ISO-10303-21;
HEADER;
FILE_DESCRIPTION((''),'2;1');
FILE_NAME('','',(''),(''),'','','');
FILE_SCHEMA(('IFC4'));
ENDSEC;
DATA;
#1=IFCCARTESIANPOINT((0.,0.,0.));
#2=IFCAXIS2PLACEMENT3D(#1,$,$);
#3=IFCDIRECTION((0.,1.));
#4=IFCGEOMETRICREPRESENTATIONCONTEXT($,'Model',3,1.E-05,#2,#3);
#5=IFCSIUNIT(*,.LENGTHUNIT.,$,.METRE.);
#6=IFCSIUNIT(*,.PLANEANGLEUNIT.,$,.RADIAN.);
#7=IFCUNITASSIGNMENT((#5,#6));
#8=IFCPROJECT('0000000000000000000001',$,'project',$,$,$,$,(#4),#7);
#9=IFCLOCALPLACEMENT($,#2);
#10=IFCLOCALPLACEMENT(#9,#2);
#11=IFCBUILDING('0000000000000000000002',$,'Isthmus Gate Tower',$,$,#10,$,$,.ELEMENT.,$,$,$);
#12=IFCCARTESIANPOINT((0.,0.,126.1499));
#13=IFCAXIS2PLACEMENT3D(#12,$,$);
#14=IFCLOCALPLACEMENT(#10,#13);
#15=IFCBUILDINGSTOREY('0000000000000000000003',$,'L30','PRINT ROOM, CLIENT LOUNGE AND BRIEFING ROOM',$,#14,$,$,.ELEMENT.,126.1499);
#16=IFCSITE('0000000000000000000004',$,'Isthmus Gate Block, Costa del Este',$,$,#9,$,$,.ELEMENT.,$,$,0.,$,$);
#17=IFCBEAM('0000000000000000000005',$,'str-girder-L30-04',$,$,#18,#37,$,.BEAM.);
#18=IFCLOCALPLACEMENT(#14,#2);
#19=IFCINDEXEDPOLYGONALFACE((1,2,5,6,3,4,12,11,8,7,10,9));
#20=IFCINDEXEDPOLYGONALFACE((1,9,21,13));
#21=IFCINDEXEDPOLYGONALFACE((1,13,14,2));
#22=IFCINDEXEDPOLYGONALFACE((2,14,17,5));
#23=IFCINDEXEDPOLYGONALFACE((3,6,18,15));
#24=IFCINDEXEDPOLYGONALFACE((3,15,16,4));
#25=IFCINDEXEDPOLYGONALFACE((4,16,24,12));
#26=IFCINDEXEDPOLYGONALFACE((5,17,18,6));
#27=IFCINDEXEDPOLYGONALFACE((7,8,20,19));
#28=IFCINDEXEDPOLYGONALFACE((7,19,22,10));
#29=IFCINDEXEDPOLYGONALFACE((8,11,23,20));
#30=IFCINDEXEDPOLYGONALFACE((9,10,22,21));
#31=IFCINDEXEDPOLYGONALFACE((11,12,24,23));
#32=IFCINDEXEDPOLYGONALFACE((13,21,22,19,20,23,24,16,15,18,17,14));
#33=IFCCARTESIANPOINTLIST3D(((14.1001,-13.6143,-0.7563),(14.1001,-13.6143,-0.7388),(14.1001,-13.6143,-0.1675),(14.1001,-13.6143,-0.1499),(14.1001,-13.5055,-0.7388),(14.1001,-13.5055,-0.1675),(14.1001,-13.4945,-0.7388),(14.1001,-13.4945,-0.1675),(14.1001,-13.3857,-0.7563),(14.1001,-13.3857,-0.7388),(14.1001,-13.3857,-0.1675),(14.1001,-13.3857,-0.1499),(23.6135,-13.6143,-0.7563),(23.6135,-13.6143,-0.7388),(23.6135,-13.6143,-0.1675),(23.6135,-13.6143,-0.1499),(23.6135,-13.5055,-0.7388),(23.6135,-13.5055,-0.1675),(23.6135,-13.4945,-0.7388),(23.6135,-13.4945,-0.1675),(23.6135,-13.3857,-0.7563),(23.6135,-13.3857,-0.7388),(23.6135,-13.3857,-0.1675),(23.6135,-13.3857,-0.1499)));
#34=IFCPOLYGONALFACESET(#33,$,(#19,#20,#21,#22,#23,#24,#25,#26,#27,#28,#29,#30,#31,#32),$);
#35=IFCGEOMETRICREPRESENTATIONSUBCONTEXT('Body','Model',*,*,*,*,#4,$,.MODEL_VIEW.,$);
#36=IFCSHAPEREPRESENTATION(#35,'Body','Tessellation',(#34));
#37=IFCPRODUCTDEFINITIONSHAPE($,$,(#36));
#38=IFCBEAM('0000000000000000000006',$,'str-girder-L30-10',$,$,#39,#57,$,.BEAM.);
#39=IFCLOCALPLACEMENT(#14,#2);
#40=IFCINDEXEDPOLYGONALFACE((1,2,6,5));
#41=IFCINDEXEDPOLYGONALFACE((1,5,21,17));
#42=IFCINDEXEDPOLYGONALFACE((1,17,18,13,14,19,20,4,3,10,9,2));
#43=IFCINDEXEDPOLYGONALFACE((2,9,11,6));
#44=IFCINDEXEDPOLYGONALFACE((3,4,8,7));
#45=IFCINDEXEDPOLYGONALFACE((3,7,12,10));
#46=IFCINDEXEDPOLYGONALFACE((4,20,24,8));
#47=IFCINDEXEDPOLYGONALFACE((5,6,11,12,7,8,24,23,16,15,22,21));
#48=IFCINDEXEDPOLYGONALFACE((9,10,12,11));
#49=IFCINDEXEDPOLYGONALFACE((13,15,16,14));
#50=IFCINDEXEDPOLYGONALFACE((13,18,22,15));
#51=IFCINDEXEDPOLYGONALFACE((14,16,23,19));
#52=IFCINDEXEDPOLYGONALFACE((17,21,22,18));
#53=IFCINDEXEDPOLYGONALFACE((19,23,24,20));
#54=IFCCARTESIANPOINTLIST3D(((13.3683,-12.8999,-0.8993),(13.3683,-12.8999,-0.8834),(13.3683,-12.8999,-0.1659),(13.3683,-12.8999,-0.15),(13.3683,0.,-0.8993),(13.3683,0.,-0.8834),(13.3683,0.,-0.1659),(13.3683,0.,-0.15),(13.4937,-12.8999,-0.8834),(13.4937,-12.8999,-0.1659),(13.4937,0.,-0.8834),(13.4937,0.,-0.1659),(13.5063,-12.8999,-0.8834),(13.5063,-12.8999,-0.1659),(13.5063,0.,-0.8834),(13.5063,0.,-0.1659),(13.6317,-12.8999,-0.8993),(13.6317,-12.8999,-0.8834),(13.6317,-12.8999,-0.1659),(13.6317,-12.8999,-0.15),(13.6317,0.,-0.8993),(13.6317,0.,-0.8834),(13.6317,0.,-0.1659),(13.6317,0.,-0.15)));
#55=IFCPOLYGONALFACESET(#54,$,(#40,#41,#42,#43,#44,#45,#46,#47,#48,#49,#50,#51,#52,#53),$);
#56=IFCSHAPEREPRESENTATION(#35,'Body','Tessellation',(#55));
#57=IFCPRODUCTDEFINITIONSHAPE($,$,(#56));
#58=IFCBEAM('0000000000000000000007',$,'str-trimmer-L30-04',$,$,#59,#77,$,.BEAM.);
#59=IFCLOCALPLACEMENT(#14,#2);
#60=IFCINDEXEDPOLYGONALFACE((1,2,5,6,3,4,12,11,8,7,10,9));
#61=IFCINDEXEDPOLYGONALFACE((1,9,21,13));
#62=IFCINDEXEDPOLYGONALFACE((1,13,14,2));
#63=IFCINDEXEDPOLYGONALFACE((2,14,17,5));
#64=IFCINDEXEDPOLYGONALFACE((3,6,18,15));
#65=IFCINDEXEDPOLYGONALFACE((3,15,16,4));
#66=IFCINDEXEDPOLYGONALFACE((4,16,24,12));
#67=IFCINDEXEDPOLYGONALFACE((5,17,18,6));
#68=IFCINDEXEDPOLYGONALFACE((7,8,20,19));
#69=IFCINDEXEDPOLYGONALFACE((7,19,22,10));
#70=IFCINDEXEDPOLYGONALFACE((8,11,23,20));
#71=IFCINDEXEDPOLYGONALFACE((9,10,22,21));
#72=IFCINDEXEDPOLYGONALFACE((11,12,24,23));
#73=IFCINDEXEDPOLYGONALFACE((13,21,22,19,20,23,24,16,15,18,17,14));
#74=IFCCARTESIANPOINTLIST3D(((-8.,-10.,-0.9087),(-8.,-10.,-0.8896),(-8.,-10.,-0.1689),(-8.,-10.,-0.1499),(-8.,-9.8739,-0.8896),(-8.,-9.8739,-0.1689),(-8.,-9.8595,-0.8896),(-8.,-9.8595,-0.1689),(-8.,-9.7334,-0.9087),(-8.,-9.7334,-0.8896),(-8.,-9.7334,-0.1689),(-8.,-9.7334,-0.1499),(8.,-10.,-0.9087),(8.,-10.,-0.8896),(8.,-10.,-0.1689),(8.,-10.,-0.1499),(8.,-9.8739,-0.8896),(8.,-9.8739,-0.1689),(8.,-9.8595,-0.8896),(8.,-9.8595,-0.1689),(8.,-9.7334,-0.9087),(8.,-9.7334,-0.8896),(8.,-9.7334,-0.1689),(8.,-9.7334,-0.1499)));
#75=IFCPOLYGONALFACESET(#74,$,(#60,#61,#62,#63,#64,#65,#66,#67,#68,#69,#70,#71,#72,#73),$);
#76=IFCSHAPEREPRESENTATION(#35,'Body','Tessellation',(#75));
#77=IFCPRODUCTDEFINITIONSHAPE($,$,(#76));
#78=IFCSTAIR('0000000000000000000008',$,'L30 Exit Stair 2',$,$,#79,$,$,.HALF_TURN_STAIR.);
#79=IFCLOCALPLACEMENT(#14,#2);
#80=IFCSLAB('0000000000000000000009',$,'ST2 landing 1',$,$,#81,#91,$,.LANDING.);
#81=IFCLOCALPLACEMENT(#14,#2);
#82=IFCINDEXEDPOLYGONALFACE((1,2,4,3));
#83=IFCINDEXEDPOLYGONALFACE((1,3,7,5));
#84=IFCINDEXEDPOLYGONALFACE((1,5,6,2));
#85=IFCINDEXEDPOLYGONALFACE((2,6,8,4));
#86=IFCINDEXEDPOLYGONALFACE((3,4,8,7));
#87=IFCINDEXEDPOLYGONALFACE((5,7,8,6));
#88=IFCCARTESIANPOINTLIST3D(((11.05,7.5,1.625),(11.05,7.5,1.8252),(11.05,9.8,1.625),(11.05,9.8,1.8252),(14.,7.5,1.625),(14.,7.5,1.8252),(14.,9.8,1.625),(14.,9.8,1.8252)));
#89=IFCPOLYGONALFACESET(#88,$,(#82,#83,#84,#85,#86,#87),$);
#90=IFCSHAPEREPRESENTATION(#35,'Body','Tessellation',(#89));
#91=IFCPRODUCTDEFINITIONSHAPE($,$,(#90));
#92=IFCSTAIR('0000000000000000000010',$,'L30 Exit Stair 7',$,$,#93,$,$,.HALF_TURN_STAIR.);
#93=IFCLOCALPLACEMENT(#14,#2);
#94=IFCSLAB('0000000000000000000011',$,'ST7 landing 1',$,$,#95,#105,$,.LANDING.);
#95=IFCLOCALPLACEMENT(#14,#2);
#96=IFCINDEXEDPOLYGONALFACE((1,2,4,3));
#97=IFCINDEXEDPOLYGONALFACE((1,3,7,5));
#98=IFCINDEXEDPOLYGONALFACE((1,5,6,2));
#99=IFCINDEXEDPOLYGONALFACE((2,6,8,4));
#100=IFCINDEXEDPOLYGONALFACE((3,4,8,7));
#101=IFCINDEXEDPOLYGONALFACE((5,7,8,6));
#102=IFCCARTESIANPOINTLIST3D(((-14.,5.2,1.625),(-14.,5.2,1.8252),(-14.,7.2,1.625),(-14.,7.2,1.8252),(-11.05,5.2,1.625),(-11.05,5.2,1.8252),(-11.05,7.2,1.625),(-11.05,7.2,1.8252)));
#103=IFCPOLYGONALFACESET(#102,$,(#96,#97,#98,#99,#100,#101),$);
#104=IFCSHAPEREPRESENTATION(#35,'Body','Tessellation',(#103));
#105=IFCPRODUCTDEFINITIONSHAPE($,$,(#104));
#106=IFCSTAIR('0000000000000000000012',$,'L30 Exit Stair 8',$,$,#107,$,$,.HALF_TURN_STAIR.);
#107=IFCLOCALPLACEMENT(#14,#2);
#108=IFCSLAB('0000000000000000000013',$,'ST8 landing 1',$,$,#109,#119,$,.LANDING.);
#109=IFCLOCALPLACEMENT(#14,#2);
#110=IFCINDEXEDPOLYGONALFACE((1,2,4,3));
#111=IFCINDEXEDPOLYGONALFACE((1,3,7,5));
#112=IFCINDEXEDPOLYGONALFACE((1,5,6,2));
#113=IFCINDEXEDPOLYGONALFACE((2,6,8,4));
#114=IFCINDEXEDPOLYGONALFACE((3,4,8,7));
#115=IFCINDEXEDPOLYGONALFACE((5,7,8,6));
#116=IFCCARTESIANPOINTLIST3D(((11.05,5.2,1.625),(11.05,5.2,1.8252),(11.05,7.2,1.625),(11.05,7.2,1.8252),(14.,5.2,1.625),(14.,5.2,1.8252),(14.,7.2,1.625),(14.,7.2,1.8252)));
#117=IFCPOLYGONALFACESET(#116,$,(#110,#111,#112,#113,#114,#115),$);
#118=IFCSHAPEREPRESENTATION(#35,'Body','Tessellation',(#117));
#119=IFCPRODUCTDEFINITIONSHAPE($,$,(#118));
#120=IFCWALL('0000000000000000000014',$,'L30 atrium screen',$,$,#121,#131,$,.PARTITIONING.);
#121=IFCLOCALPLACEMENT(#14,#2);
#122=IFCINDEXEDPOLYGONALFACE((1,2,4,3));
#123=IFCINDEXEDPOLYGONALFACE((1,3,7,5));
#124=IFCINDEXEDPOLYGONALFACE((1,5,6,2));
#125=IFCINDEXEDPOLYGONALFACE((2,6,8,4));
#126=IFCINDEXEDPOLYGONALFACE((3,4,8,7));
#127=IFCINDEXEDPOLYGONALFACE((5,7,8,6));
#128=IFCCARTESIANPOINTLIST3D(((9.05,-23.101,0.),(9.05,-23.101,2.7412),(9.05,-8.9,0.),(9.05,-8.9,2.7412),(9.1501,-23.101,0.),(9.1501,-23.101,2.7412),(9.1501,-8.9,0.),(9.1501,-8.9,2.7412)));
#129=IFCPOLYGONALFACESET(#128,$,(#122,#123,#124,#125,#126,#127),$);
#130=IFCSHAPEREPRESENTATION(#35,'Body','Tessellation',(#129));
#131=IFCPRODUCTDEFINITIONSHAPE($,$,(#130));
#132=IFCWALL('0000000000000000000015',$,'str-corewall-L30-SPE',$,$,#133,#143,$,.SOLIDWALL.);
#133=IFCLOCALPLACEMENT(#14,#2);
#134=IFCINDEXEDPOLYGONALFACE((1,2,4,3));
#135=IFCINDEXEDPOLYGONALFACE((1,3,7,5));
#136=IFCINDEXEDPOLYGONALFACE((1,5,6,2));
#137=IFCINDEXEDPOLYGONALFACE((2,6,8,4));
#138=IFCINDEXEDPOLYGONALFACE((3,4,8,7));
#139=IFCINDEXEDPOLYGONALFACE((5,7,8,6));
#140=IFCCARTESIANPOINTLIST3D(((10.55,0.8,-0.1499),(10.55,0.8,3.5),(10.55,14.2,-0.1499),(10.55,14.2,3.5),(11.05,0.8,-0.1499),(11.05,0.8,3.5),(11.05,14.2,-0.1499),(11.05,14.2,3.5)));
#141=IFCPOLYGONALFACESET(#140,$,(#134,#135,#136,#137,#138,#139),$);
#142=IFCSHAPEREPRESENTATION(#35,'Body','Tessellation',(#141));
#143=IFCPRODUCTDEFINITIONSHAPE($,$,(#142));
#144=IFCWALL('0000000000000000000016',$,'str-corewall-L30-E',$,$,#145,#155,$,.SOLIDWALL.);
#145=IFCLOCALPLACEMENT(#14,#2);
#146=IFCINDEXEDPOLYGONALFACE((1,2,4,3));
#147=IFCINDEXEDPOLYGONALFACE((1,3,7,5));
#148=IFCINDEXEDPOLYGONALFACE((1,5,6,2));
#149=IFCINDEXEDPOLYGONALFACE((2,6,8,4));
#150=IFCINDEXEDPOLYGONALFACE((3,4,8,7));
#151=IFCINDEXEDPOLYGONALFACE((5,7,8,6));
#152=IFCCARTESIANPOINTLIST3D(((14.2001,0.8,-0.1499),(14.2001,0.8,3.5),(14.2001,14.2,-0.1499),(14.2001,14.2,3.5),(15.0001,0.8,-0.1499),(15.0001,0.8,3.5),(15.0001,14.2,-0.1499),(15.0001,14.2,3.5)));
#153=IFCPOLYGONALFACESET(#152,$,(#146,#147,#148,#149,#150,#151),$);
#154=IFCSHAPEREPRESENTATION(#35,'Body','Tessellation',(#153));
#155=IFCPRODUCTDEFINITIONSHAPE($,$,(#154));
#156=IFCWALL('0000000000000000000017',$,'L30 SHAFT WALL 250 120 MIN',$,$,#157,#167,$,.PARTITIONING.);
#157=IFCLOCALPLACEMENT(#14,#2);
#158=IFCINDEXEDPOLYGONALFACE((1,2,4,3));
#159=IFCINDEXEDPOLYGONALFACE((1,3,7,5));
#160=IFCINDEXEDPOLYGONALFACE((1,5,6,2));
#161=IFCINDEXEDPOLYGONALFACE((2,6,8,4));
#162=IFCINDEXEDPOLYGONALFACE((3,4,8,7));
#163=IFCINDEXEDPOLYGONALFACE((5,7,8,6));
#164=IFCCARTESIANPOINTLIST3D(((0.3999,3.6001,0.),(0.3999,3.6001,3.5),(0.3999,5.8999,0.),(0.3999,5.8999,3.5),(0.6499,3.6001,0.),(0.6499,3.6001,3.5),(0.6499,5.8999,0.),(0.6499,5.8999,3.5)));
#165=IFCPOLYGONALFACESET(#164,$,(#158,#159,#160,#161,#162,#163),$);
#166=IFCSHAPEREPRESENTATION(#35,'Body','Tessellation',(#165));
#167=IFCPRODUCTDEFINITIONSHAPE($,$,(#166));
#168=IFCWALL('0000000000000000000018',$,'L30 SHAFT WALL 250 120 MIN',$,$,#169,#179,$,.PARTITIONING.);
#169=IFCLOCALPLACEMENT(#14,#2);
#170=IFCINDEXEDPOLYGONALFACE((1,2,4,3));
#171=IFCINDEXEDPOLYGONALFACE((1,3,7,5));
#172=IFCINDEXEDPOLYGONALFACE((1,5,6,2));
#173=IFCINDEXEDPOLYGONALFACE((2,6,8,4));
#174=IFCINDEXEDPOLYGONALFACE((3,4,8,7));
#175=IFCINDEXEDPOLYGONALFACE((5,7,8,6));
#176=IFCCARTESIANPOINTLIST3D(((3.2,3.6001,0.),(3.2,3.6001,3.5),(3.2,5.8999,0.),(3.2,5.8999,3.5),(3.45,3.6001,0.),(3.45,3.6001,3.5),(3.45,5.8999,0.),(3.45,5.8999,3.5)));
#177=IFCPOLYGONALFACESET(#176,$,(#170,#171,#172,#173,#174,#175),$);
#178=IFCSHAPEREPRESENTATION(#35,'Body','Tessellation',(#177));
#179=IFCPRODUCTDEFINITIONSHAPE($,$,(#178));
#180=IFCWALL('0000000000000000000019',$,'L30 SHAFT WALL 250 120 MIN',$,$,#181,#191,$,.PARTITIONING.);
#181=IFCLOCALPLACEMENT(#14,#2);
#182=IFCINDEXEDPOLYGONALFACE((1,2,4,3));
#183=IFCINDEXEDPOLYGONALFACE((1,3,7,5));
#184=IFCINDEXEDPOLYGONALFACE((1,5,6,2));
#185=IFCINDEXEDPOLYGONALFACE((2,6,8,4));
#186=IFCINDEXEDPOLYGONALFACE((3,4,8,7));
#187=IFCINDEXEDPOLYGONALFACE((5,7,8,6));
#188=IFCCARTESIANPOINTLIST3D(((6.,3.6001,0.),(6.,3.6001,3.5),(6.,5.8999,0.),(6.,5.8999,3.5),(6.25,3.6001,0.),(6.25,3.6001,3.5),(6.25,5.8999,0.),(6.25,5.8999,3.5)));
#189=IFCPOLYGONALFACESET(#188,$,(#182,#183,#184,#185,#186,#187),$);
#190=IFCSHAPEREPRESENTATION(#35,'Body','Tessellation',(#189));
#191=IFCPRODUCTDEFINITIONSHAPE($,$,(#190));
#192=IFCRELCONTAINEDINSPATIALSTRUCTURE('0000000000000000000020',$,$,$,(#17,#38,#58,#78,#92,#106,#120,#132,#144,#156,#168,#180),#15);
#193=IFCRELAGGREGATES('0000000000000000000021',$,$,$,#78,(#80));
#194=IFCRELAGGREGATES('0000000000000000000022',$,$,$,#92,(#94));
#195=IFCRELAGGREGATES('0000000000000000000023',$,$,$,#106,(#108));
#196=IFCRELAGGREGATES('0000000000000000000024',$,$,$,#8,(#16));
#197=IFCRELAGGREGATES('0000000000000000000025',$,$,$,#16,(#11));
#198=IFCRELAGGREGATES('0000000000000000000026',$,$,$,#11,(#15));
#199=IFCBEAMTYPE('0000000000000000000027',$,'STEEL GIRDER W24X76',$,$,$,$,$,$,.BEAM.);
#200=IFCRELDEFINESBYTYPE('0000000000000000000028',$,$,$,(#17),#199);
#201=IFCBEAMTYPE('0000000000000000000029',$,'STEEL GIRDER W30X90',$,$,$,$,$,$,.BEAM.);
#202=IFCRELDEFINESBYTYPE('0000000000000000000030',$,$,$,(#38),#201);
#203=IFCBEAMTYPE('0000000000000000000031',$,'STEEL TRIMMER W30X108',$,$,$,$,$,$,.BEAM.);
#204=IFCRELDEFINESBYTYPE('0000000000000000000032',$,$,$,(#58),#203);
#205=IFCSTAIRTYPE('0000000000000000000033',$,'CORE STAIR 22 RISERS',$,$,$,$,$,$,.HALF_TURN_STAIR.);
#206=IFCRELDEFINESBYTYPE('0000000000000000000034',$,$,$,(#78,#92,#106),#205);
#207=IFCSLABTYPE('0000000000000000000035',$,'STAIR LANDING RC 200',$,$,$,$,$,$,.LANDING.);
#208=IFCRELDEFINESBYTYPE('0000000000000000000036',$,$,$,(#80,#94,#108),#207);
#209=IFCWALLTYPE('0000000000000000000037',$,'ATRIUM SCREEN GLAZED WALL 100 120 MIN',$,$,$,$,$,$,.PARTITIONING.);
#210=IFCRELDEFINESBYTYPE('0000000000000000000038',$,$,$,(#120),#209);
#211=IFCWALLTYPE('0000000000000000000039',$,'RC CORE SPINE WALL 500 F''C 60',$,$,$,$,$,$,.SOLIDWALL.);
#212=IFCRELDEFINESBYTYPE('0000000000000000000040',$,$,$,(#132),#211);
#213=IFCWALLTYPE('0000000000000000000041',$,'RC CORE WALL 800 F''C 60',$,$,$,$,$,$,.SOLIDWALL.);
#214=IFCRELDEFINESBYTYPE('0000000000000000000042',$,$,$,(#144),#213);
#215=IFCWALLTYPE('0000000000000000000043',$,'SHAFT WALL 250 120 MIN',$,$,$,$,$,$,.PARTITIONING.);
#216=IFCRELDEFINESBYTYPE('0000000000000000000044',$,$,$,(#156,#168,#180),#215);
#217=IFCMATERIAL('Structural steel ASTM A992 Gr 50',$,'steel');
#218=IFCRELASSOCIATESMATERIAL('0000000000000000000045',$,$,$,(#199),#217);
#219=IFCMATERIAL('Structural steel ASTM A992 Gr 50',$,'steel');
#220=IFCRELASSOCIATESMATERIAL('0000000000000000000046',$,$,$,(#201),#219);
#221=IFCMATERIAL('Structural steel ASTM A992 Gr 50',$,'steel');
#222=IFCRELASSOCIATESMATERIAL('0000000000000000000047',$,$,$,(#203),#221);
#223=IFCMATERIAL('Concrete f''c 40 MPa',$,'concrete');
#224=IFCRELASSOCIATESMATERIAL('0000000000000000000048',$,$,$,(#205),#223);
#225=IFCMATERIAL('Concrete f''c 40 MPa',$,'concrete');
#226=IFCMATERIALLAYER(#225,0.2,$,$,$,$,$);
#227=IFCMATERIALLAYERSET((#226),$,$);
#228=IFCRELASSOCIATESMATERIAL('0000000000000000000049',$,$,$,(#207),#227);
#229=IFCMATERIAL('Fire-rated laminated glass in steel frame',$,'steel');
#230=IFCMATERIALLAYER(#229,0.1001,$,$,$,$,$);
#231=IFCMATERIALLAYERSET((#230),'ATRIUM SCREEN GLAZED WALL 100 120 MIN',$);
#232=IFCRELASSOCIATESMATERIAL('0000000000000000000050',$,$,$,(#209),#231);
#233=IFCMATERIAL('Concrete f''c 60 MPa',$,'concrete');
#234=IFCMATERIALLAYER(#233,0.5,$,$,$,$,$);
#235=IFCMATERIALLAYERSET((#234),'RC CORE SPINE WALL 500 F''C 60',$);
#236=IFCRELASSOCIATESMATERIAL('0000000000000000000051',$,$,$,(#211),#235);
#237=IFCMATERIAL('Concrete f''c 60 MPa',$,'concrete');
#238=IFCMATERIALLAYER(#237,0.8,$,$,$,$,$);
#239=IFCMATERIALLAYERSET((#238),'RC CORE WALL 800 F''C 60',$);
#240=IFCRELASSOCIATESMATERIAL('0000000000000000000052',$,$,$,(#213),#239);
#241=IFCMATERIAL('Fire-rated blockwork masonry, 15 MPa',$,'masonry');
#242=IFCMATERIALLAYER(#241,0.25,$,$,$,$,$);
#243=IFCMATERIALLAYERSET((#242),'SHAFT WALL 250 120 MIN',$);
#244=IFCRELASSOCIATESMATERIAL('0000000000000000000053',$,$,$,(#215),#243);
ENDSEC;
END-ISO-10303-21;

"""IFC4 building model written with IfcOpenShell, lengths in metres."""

from ifc_helpers import new_model, si_unit, direction, frame, frame_2d, origin, origin_2d, place, context, subcontext, project, spatial, polyline, rectangle, i_section, outline, extrude, material, layer, layer_set, material_profile, profile_set, type_object, element, aggregate, save


model = new_model("IFC4")

# Units and contexts
model_context = context("Model", 3, precision=1e-05, world=origin(), true_north=direction((0.0, 1.0)))
body_context = subcontext(model_context, "Body", "Model", "MODEL_VIEW")
ifc_project = project(units=[si_unit("LENGTHUNIT", "METRE"), si_unit("PLANEANGLEUNIT", "RADIAN")], contexts=[model_context])

# Site, building, storey
site_placement = place(None, origin())
site = spatial("IfcSite", under=ifc_project, at=site_placement, Name="Isthmus Gate Block, Costa del Este", CompositionType="ELEMENT", RefElevation=0.0)
building_placement = place(site_placement, origin())
building = spatial("IfcBuilding", under=site, at=building_placement, Name="Isthmus Gate Tower", CompositionType="ELEMENT")
storey_placement = place(building_placement, frame((0.0, 0.0, 126.1499)))
storey = spatial("IfcBuildingStorey", under=building, at=storey_placement, Name="L30", Description="PRINT ROOM, CLIENT LOUNGE AND BRIEFING ROOM", CompositionType="ELEMENT", Elevation=126.1499)

# Beams
ifc_material_1 = material(Name="Structural steel ASTM A992 Gr 50", Category="steel")
ifc_material_profile_1 = material_profile(ifc_material_1, i_section(OverallWidth=0.2285, OverallDepth=0.6064, WebThickness=0.011, FlangeThickness=0.0176, at=origin_2d()), Name="W24X76")
ifc_profile_set_1 = profile_set([ifc_material_profile_1], Name="Structural steel ASTM A992 Gr 50")
beam_type_1 = type_object("IfcBeamType", Name="STEEL GIRDER W24X76", PredefinedType="BEAM", material=ifc_profile_set_1)
beam_1_placement = place(storey_placement, frame((14.1001, -13.5, -0.4531), z_axis=(1.0, 0.0, 0.0), x_axis=(0.0, 1.0, 0.0)))
element("IfcBeam", 1, at=beam_1_placement, inside=storey, type_object=beam_type_1, Name="str-girder-L30-04", PredefinedType="BEAM", context=body_context, shape_type="SweptSolid", body=[
    extrude(i_section(OverallWidth=0.2285, OverallDepth=0.6064, WebThickness=0.011, FlangeThickness=0.0176, at=origin_2d()), origin(), (0.0, 0.0, 1.0), 9.5134),
])
ifc_material_2 = material(Name="Structural steel ASTM A992 Gr 50", Category="steel")
ifc_material_profile_2 = material_profile(ifc_material_2, i_section(OverallWidth=0.2634, OverallDepth=0.7493, WebThickness=0.0127, FlangeThickness=0.0159, at=origin_2d()), Name="W30X90")
ifc_profile_set_2 = profile_set([ifc_material_profile_2], Name="Structural steel ASTM A992 Gr 50")
beam_type_2 = type_object("IfcBeamType", Name="STEEL GIRDER W30X90", PredefinedType="BEAM", material=ifc_profile_set_2)
beam_2_placement = place(storey_placement, frame((13.5, -12.8999, -0.5247), z_axis=(0.0, 1.0, 0.0), x_axis=(-1.0, 0.0, 0.0)))
element("IfcBeam", 2, at=beam_2_placement, inside=storey, type_object=beam_type_2, Name="str-girder-L30-10", PredefinedType="BEAM", context=body_context, shape_type="SweptSolid", body=[
    extrude(i_section(OverallWidth=0.2634, OverallDepth=0.7493, WebThickness=0.0127, FlangeThickness=0.0159, at=origin_2d()), origin(), (0.0, 0.0, 1.0), 12.8999),
])
ifc_material_3 = material(Name="Structural steel ASTM A992 Gr 50", Category="steel")
ifc_material_profile_3 = material_profile(ifc_material_3, i_section(OverallWidth=0.2666, OverallDepth=0.7588, WebThickness=0.0144, FlangeThickness=0.019, at=origin_2d()), Name="W30X108")
ifc_profile_set_3 = profile_set([ifc_material_profile_3], Name="Structural steel ASTM A992 Gr 50")
beam_type_3 = type_object("IfcBeamType", Name="STEEL TRIMMER W30X108", PredefinedType="BEAM", material=ifc_profile_set_3)
beam_3_placement = place(storey_placement, frame((8.0, -9.8667, -0.5293), z_axis=(-1.0, 0.0, 0.0), x_axis=(0.0, -1.0, 0.0)))
element("IfcBeam", 3, at=beam_3_placement, inside=storey, type_object=beam_type_3, Name="str-trimmer-L30-04", PredefinedType="BEAM", context=body_context, shape_type="SweptSolid", body=[
    extrude(i_section(OverallWidth=0.2666, OverallDepth=0.7588, WebThickness=0.0144, FlangeThickness=0.019, at=origin_2d()), origin(), (0.0, 0.0, 1.0), 16.0),
])

# Stairs, slabs
ifc_material_4 = material(Name="Concrete f'c 40 MPa", Category="concrete")
stair_type = type_object("IfcStairType", Name="CORE STAIR 22 RISERS", PredefinedType="HALF_TURN_STAIR", material=ifc_material_4)
stair_1_placement = place(storey_placement, origin())
stair_1 = element("IfcStair", 4, at=stair_1_placement, inside=storey, type_object=stair_type, Name="L30 Exit Stair 2", PredefinedType="HALF_TURN_STAIR")
ifc_material_5 = material(Name="Concrete f'c 40 MPa", Category="concrete")
ifc_layer_1 = layer(ifc_material_5, 0.2)
ifc_layer_set_1 = layer_set([ifc_layer_1])
slab_type = type_object("IfcSlabType", Name="STAIR LANDING RC 200", PredefinedType="LANDING", material=ifc_layer_set_1)
slab_1_placement = place(storey_placement, frame((0.0, 0.0, 1.625)))
slab_1 = element("IfcSlab", 5, at=slab_1_placement, type_object=slab_type, Name="ST2 landing 1", PredefinedType="LANDING", context=body_context, shape_type="SweptSolid", body=[
    extrude(outline(polyline([(11.05, 9.8), (11.05, 7.5), (14.0, 7.5), (14.0, 9.8), (11.05, 9.8)])), origin(), (0.0, 0.0, 1.0), 0.2002),
])
aggregate(stair_1, [slab_1])
stair_2_placement = place(storey_placement, origin())
stair_2 = element("IfcStair", 6, at=stair_2_placement, inside=storey, type_object=stair_type, Name="L30 Exit Stair 7", PredefinedType="HALF_TURN_STAIR")
slab_2_placement = place(storey_placement, frame((0.0, 0.0, 1.625)))
slab_2 = element("IfcSlab", 7, at=slab_2_placement, type_object=slab_type, Name="ST7 landing 1", PredefinedType="LANDING", context=body_context, shape_type="SweptSolid", body=[
    extrude(outline(polyline([(-11.05, 5.2), (-11.05, 7.2), (-14.0, 7.2), (-14.0, 5.2), (-11.05, 5.2)])), origin(), (0.0, 0.0, 1.0), 0.2002),
])
aggregate(stair_2, [slab_2])
stair_3_placement = place(storey_placement, origin())
stair_3 = element("IfcStair", 8, at=stair_3_placement, inside=storey, type_object=stair_type, Name="L30 Exit Stair 8", PredefinedType="HALF_TURN_STAIR")
slab_3_placement = place(storey_placement, frame((0.0, 0.0, 1.625)))
slab_3 = element("IfcSlab", 9, at=slab_3_placement, type_object=slab_type, Name="ST8 landing 1", PredefinedType="LANDING", context=body_context, shape_type="SweptSolid", body=[
    extrude(outline(polyline([(14.0, 5.2), (14.0, 7.2), (11.05, 7.2), (11.05, 5.2), (14.0, 5.2)])), origin(), (0.0, 0.0, 1.0), 0.2002),
])

# Walls
ifc_material_6 = material(Name="Fire-rated laminated glass in steel frame", Category="steel")
ifc_layer_2 = layer(ifc_material_6, 0.1001)
ifc_layer_set_2 = layer_set([ifc_layer_2], Name="ATRIUM SCREEN GLAZED WALL 100 120 MIN")
wall_type_1 = type_object("IfcWallType", Name="ATRIUM SCREEN GLAZED WALL 100 120 MIN", PredefinedType="PARTITIONING", material=ifc_layer_set_2)
wall_1_placement = place(storey_placement, frame((9.1001, -8.8999, 0.0), z_axis=(0.0, 0.0, 1.0), x_axis=(0.0, -1.0, 0.0)))
element("IfcWall", 10, at=wall_1_placement, inside=storey, type_object=wall_type_1, Name="L30 atrium screen", PredefinedType="PARTITIONING", context=body_context, shape_type="SweptSolid", body=[
    extrude(rectangle(XDim=14.2009, YDim=0.1001, at=frame_2d((7.1006, 0.0))), origin(), (0.0, 0.0, 1.0), 2.7412),
])
ifc_material_7 = material(Name="Concrete f'c 60 MPa", Category="concrete")
ifc_layer_3 = layer(ifc_material_7, 0.5)
ifc_layer_set_3 = layer_set([ifc_layer_3], Name="RC CORE SPINE WALL 500 F'C 60")
wall_type_2 = type_object("IfcWallType", Name="RC CORE SPINE WALL 500 F'C 60", PredefinedType="SOLIDWALL", material=ifc_layer_set_3)
wall_2_placement = place(storey_placement, frame((10.8, 0.8, -0.1499), z_axis=(0.0, 0.0, 1.0), x_axis=(0.0, 1.0, 0.0)))
element("IfcWall", 11, at=wall_2_placement, inside=storey, type_object=wall_type_2, Name="str-corewall-L30-SPE", PredefinedType="SOLIDWALL", context=body_context, shape_type="SweptSolid", body=[
    extrude(rectangle(XDim=13.3999, YDim=0.5, at=frame_2d((6.7, 0.0))), origin(), (0.0, 0.0, 1.0), 3.6499),
])
ifc_material_8 = material(Name="Concrete f'c 60 MPa", Category="concrete")
ifc_layer_4 = layer(ifc_material_8, 0.8)
ifc_layer_set_4 = layer_set([ifc_layer_4], Name="RC CORE WALL 800 F'C 60")
wall_type_3 = type_object("IfcWallType", Name="RC CORE WALL 800 F'C 60", PredefinedType="SOLIDWALL", material=ifc_layer_set_4)
wall_3_placement = place(storey_placement, frame((14.6001, 0.8, -0.1499), z_axis=(0.0, 0.0, 1.0), x_axis=(0.0, 1.0, 0.0)))
element("IfcWall", 12, at=wall_3_placement, inside=storey, type_object=wall_type_3, Name="str-corewall-L30-E", PredefinedType="SOLIDWALL", context=body_context, shape_type="SweptSolid", body=[
    extrude(rectangle(XDim=13.3999, YDim=0.8, at=frame_2d((6.7, 0.0))), origin(), (0.0, 0.0, 1.0), 3.6499),
])
ifc_material_9 = material(Name="Fire-rated blockwork masonry, 15 MPa", Category="masonry")
ifc_layer_5 = layer(ifc_material_9, 0.25)
ifc_layer_set_5 = layer_set([ifc_layer_5], Name="SHAFT WALL 250 120 MIN")
wall_type_4 = type_object("IfcWallType", Name="SHAFT WALL 250 120 MIN", PredefinedType="PARTITIONING", material=ifc_layer_set_5)
for number, where, z_axis, x_axis, name in (
    (13, (0.5249, 3.6001, 0.0), (0.0, 0.0, 1.0), (0.0, 1.0, 0.0), "L30 SHAFT WALL 250 120 MIN"),
    (14, (3.325, 3.6001, 0.0), (0.0, 0.0, 1.0), (0.0, 1.0, 0.0), "L30 SHAFT WALL 250 120 MIN"),
    (15, (6.125, 3.6001, 0.0), (0.0, 0.0, 1.0), (0.0, 1.0, 0.0), "L30 SHAFT WALL 250 120 MIN"),
):
    element("IfcWall", number, at=place(storey_placement, frame(where, z_axis=z_axis, x_axis=x_axis)), inside=storey, type_object=wall_type_4, Name=name, PredefinedType="PARTITIONING", context=body_context, shape_type="SweptSolid", body=[
        extrude(rectangle(XDim=2.2998, YDim=0.25, at=frame_2d((1.1499, 0.0))), origin(), (0.0, 0.0, 1.0), 3.5),
    ])

aggregate(stair_3, [slab_3])

save(model, "model.ifc")
